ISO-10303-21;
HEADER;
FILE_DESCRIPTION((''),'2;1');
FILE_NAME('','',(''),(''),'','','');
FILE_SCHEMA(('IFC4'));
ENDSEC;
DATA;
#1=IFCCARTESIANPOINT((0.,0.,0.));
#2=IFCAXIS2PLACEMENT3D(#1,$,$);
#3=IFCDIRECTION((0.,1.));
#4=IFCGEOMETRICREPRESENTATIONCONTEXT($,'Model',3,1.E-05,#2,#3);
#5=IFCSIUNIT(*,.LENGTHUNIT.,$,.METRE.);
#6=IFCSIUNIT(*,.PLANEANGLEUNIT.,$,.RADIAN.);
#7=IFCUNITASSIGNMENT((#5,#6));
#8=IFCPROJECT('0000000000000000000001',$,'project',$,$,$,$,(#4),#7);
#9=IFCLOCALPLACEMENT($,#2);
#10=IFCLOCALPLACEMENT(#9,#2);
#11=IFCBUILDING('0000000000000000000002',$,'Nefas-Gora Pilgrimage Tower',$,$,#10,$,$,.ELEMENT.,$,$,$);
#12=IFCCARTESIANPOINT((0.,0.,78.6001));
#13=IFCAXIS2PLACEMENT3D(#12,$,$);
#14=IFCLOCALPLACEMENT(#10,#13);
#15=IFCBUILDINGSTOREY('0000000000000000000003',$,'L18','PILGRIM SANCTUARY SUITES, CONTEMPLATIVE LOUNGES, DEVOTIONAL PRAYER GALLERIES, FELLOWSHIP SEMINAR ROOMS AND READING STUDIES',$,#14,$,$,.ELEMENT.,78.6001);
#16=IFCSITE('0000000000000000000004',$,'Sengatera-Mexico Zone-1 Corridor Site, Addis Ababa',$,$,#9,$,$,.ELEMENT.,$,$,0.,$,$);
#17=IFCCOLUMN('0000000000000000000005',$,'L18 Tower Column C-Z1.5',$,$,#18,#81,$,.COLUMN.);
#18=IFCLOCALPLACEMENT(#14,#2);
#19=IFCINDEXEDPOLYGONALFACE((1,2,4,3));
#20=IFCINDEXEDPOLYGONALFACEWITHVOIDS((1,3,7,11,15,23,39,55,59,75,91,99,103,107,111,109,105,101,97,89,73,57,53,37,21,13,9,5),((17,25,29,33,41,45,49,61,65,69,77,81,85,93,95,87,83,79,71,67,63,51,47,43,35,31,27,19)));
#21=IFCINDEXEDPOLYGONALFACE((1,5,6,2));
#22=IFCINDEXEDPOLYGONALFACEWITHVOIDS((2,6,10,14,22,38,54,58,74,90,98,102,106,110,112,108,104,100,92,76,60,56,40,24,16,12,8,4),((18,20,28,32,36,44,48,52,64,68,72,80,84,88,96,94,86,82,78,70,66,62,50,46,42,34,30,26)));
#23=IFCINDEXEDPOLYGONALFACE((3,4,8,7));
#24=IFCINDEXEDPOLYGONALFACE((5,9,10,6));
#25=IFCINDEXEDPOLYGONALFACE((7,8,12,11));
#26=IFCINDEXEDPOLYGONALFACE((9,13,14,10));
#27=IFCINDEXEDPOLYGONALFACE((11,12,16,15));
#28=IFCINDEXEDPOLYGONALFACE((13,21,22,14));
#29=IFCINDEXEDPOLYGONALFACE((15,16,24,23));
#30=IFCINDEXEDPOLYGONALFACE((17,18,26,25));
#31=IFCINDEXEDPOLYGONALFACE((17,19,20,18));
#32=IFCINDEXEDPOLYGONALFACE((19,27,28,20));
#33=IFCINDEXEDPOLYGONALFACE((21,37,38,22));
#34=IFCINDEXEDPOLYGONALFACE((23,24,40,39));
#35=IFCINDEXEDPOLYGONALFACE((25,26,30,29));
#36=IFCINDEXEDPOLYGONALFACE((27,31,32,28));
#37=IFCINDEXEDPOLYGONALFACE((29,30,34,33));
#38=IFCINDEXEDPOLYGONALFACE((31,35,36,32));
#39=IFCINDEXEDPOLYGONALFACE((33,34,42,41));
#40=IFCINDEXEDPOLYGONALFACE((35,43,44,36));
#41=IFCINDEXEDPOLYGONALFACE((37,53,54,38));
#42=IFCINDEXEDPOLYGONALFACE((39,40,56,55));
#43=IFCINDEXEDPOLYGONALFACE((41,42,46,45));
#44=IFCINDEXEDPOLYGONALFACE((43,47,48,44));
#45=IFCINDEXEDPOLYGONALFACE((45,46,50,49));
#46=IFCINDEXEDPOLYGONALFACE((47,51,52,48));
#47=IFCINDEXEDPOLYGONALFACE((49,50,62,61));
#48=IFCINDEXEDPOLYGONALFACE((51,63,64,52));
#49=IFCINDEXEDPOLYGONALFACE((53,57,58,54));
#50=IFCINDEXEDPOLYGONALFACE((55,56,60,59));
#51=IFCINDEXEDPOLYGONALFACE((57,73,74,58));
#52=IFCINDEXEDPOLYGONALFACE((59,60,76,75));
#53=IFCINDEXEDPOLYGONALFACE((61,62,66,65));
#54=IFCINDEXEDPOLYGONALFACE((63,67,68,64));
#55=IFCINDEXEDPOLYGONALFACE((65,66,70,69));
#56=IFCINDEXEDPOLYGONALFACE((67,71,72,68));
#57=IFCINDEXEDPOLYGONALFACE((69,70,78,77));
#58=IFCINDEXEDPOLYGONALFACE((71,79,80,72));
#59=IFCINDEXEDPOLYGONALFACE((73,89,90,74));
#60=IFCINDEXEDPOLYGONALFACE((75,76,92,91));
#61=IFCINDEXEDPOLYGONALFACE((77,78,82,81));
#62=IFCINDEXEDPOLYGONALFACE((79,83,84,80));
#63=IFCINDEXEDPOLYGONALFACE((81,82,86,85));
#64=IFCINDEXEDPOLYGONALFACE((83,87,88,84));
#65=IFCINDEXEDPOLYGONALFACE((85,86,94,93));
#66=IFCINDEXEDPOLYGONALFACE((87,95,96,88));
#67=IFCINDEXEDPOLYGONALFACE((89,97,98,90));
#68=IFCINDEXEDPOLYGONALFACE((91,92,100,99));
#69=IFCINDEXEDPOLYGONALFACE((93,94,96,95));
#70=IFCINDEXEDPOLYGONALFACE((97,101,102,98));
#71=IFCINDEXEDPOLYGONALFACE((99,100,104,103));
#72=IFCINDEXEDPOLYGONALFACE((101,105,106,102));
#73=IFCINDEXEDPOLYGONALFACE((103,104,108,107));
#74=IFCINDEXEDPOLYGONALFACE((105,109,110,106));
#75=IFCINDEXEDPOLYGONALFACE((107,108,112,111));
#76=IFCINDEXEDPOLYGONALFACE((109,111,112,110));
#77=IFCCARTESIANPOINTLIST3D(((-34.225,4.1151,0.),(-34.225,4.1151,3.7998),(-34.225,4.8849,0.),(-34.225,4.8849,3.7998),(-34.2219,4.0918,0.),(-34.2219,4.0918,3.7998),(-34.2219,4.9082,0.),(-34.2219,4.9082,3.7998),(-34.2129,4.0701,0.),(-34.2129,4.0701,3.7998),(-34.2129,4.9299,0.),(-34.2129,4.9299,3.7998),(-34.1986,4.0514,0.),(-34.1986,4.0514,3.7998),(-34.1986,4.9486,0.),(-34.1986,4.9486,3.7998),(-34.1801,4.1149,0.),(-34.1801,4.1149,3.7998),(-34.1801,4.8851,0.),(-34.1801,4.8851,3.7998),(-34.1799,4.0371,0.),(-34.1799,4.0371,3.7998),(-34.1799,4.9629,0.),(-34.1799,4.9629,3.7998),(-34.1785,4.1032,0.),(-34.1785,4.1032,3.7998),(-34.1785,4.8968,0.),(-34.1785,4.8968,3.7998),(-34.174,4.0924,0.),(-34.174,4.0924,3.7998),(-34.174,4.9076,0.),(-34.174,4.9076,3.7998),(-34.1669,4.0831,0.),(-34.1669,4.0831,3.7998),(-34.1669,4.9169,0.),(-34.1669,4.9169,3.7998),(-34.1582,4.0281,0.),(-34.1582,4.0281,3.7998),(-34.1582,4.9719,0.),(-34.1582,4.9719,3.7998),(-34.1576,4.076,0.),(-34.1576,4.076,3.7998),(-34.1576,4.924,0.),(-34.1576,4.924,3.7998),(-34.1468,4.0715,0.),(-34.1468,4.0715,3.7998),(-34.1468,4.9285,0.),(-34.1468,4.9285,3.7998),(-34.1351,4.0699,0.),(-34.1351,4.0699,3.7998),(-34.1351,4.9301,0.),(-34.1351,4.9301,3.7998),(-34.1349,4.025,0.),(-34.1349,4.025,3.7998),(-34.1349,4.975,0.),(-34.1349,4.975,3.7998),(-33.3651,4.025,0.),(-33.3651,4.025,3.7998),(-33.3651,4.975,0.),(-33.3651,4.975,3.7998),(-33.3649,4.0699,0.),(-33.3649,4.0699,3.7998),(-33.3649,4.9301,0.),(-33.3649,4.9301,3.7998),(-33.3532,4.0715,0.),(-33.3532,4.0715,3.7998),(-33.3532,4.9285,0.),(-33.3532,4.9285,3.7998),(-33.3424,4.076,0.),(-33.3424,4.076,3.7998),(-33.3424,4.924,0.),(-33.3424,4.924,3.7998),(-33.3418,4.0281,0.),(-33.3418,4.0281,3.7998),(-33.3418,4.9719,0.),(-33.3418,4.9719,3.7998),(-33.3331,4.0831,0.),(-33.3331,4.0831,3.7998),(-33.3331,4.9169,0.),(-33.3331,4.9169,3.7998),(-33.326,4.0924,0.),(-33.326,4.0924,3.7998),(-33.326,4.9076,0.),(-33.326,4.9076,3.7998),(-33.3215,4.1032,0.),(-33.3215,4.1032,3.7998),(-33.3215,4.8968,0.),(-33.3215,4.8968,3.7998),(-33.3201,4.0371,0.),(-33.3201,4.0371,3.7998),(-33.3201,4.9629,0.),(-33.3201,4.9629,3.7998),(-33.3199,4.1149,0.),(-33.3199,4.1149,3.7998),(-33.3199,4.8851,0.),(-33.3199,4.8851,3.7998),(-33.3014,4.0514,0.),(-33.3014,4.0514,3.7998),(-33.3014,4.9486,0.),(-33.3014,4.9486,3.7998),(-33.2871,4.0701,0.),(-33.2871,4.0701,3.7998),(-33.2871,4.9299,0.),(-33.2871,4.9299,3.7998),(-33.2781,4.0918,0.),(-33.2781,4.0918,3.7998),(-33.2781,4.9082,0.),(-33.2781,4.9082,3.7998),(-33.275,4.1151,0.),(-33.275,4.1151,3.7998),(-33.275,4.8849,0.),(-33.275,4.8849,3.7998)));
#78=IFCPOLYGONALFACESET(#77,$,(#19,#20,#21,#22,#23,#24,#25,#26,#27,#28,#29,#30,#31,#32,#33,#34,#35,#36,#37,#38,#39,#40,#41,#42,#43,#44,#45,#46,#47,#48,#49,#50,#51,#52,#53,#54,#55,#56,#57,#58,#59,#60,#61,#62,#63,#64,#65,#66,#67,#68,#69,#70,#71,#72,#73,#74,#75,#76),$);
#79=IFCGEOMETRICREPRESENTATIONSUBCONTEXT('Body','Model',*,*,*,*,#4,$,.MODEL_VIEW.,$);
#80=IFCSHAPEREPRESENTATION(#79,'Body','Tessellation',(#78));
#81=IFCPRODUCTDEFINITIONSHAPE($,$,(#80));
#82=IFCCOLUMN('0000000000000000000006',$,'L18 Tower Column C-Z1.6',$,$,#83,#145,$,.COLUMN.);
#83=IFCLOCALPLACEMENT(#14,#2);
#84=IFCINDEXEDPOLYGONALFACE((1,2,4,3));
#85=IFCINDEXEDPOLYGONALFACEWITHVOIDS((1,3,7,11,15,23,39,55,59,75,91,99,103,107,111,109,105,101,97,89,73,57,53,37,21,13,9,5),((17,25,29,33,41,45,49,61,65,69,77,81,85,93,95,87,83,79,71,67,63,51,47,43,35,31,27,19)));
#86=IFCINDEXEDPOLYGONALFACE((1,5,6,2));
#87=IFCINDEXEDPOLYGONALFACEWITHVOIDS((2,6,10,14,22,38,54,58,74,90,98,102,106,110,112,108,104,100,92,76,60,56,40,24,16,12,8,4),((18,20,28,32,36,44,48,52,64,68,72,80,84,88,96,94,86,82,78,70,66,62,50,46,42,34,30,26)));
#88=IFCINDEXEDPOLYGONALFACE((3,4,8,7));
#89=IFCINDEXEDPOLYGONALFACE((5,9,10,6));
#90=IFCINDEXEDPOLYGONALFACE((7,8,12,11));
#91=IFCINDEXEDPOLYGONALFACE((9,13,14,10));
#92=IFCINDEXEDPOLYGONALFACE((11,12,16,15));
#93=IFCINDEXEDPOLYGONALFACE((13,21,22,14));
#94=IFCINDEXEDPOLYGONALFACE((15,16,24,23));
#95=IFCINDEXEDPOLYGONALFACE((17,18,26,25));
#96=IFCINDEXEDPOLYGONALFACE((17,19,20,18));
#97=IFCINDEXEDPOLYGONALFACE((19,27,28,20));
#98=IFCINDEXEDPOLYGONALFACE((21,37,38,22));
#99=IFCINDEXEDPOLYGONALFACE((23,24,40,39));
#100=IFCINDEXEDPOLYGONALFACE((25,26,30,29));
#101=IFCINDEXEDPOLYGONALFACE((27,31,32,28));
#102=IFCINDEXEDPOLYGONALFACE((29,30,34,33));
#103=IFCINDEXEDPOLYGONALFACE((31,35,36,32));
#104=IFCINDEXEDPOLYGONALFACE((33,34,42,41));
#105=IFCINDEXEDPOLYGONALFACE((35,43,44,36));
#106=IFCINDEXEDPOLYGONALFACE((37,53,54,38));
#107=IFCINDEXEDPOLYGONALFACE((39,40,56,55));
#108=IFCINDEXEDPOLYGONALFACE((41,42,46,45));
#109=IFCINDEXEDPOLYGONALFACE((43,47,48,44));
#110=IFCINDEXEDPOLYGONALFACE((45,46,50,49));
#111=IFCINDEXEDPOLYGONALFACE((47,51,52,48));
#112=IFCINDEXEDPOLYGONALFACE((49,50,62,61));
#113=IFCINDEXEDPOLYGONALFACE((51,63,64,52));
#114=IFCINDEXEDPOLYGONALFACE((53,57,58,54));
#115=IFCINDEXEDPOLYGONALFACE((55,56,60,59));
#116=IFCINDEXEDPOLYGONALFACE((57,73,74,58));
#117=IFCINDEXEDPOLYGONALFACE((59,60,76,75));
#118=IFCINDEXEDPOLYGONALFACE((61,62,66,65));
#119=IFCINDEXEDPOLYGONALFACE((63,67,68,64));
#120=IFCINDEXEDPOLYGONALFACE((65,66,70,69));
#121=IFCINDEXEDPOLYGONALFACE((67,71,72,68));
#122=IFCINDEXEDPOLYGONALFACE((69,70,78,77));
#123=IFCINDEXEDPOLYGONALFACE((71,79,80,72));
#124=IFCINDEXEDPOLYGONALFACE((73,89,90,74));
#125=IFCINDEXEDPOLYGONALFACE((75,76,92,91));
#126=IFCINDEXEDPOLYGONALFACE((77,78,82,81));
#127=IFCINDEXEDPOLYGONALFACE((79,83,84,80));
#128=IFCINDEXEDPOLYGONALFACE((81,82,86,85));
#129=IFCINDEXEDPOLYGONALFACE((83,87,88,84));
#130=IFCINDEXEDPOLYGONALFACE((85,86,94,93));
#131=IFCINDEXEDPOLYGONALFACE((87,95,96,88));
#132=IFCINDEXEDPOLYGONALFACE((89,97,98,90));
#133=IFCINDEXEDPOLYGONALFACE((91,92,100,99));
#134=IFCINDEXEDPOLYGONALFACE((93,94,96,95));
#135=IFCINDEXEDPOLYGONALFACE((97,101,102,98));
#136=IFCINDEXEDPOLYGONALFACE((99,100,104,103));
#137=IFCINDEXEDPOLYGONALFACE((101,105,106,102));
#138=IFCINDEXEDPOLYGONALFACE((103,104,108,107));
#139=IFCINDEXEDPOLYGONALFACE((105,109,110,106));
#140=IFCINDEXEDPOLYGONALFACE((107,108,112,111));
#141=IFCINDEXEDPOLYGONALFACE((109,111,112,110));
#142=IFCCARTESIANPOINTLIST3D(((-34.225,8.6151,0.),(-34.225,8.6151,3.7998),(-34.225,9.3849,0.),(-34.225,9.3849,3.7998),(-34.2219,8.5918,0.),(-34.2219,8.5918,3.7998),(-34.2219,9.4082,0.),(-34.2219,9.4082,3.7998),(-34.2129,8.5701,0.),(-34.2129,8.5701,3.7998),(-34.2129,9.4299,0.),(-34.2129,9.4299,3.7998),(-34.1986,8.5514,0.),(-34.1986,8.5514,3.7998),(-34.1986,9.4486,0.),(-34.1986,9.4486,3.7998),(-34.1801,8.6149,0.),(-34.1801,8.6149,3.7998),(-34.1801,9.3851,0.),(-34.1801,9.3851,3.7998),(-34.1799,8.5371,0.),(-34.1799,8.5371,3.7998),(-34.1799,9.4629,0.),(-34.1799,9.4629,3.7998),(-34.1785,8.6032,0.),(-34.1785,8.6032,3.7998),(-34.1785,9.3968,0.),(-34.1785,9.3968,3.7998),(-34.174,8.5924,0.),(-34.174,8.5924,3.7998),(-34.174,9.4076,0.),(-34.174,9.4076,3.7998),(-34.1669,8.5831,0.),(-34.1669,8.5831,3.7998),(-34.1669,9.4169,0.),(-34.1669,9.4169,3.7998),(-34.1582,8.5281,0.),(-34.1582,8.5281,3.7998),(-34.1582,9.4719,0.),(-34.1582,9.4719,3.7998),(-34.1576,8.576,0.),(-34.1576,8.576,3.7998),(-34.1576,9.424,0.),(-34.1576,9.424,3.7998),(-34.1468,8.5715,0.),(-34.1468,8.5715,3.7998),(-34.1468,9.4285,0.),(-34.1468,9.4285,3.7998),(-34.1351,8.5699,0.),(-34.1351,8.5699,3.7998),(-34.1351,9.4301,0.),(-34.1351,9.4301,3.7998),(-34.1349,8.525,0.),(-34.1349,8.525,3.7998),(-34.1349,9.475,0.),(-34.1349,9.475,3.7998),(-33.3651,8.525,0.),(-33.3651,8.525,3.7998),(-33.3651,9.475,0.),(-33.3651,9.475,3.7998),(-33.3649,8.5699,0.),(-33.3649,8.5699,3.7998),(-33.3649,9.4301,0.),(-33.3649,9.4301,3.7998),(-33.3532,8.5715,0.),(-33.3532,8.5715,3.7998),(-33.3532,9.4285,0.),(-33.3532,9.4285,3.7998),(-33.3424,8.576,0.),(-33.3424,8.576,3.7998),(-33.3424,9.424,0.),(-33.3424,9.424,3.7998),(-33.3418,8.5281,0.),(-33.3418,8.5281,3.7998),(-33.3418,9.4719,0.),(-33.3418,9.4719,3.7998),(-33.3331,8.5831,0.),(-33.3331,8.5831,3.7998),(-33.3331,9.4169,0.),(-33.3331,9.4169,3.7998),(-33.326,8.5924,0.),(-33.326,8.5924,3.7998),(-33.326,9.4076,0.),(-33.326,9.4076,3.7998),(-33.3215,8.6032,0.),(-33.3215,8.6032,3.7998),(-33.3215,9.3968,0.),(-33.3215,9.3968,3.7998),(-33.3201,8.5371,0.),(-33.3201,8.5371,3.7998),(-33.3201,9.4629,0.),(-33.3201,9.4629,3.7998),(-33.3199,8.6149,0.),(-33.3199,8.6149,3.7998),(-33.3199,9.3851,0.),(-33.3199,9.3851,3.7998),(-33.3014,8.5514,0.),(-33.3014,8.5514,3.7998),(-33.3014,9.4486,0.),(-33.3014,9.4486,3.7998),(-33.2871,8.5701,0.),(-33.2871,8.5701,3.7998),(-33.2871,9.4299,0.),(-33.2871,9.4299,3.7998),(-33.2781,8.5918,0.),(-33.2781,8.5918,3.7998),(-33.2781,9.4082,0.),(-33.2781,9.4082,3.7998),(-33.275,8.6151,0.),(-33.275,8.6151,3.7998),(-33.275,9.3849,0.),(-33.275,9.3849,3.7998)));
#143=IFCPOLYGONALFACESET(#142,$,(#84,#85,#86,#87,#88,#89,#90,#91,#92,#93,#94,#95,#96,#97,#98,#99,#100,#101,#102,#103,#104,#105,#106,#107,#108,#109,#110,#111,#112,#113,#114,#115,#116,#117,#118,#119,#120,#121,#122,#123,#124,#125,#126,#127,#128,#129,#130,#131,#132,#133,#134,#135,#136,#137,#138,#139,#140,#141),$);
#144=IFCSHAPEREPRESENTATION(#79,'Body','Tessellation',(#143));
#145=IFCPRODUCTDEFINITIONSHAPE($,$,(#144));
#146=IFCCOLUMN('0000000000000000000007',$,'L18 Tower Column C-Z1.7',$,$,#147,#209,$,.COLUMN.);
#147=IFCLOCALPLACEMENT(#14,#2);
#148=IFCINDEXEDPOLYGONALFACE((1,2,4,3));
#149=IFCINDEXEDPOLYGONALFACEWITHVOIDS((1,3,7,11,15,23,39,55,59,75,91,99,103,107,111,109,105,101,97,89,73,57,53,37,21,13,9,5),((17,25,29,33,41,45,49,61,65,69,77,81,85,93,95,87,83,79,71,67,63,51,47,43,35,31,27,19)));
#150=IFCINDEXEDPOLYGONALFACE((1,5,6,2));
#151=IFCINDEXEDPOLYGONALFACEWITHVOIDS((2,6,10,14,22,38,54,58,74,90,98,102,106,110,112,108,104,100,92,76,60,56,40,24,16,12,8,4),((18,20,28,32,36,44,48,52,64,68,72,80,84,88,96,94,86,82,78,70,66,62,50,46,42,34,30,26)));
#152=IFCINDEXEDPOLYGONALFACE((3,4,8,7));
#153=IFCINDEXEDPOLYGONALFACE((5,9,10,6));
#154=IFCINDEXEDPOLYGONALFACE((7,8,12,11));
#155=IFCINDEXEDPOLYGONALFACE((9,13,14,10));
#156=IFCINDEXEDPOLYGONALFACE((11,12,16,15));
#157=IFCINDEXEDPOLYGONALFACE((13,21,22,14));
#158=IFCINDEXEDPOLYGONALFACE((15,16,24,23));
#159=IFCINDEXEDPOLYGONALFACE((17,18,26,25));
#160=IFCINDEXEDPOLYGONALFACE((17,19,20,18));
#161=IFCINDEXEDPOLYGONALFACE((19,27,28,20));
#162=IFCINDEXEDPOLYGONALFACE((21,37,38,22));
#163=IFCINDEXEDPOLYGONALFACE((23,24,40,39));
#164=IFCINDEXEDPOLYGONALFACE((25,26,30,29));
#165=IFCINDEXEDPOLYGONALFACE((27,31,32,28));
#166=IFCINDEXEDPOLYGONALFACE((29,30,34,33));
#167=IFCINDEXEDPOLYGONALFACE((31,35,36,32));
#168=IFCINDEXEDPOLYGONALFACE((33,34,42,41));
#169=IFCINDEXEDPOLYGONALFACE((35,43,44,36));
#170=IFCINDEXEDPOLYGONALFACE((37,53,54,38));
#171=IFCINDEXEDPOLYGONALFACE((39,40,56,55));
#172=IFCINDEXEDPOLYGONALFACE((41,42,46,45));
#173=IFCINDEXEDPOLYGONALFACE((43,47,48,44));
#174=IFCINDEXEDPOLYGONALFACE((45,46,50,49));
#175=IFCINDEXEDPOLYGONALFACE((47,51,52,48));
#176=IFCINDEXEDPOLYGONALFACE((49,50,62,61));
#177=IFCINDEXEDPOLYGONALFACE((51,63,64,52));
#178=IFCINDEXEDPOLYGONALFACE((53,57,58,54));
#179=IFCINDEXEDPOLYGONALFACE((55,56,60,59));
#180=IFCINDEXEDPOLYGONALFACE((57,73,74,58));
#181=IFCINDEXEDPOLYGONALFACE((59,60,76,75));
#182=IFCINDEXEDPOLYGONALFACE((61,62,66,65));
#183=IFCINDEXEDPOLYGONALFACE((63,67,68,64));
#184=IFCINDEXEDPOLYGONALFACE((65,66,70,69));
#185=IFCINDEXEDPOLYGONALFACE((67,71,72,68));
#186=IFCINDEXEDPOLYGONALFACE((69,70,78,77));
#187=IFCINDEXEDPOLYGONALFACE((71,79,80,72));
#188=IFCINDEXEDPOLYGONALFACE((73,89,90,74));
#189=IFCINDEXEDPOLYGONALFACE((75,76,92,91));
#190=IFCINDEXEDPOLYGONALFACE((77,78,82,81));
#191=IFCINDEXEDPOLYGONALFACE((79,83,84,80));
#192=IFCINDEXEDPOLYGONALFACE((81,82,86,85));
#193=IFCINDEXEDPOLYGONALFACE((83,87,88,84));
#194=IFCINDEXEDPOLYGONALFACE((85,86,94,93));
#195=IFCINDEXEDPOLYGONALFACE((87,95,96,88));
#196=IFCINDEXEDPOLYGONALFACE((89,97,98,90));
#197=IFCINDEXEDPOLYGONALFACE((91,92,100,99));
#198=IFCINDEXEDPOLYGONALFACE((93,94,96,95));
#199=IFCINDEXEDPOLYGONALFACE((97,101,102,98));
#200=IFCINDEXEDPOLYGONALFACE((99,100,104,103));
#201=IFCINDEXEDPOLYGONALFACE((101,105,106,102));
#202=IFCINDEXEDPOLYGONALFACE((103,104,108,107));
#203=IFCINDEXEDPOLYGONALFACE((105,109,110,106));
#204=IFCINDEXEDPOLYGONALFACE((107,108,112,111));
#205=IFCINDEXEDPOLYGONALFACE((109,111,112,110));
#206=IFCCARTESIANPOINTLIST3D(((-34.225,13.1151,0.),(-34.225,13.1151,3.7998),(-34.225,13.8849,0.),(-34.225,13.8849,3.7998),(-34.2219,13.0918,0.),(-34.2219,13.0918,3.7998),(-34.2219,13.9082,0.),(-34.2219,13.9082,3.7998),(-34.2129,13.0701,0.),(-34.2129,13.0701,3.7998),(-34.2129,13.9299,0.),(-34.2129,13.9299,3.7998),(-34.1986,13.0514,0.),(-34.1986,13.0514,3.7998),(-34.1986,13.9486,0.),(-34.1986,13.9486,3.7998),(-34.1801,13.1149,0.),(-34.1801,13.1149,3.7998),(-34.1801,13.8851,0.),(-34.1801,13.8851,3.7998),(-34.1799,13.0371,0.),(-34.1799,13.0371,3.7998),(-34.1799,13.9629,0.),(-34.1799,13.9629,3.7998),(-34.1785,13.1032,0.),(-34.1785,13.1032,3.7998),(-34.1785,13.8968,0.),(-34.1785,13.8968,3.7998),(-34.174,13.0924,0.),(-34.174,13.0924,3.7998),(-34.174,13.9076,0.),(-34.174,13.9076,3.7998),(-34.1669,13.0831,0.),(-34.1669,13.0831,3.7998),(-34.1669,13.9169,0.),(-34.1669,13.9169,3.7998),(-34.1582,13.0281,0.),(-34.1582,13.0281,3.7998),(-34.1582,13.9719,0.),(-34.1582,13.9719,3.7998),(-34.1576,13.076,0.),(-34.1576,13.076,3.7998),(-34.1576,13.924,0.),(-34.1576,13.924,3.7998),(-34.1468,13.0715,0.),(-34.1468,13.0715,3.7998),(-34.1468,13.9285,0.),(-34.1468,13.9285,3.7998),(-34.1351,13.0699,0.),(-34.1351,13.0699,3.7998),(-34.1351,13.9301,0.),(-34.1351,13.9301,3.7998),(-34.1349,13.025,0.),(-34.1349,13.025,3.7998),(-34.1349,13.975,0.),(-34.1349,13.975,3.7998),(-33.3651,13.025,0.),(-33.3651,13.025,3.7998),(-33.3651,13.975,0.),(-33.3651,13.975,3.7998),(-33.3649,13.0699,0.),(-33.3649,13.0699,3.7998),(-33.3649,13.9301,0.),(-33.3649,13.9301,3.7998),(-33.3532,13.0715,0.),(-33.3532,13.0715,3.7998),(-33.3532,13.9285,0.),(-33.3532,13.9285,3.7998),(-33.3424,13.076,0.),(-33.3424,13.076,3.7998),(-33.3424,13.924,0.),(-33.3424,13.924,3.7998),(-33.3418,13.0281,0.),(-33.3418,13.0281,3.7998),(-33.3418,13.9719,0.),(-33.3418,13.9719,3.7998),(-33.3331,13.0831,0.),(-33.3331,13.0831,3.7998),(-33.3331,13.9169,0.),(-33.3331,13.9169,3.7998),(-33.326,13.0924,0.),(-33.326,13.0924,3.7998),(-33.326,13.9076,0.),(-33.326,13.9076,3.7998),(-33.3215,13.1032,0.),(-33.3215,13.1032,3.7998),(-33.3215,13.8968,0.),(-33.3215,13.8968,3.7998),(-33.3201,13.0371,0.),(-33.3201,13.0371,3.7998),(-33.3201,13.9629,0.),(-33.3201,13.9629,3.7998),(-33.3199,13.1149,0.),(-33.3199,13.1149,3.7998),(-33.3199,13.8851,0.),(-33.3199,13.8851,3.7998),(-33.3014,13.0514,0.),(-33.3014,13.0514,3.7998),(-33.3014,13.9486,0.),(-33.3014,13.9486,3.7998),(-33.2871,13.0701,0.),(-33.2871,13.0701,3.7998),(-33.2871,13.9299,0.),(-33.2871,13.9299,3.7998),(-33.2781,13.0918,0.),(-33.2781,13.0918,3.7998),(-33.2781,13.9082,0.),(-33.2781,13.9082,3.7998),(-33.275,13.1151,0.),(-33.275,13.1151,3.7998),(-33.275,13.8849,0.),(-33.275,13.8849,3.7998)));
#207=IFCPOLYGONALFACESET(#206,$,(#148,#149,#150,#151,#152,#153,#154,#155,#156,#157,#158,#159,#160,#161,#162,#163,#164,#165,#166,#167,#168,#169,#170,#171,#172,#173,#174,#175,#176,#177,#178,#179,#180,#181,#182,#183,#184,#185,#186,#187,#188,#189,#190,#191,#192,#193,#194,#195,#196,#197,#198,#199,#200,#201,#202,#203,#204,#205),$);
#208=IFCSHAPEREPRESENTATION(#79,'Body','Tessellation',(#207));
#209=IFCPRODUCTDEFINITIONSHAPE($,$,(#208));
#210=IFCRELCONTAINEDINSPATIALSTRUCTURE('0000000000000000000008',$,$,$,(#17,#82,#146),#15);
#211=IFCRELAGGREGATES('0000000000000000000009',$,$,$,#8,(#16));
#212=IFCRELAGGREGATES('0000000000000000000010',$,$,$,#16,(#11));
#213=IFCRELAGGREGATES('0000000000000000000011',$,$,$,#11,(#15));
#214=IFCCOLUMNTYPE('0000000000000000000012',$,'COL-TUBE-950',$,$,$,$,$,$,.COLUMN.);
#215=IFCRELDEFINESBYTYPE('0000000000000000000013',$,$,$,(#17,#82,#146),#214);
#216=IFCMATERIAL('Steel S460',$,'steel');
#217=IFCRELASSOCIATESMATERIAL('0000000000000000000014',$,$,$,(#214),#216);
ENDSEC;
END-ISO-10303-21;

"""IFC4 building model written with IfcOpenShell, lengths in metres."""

from ifc_helpers import new_model, si_unit, direction, frame, origin, origin_2d, place, context, subcontext, project, spatial, hollow_rectangle, extrude, source, transform, mapped, material, material_profile, profile_set, type_object, element, save


model = new_model("IFC4")

# Units and contexts
model_context = context("Model", 3, precision=1e-05, world=origin(), true_north=direction((0.0, 1.0)))
body_context = subcontext(model_context, "Body", "Model", "MODEL_VIEW")
ifc_project = project(units=[si_unit("LENGTHUNIT", "METRE"), si_unit("PLANEANGLEUNIT", "RADIAN")], contexts=[model_context])

# Site, building, storey
site_placement = place(None, origin())
site = spatial("IfcSite", under=ifc_project, at=site_placement, Name="Sengatera-Mexico Zone-1 Corridor Site, Addis Ababa", CompositionType="ELEMENT", RefElevation=0.0)
building_placement = place(site_placement, origin())
building = spatial("IfcBuilding", under=site, at=building_placement, Name="Nefas-Gora Pilgrimage Tower", CompositionType="ELEMENT")
storey_placement = place(building_placement, frame((0.0, 0.0, 78.6001)))
storey = spatial("IfcBuildingStorey", under=building, at=storey_placement, Name="L18", Description="PILGRIM SANCTUARY SUITES, CONTEMPLATIVE LOUNGES, DEVOTIONAL PRAYER GALLERIES, FELLOWSHIP SEMINAR ROOMS AND READING STUDIES", CompositionType="ELEMENT", Elevation=78.6001)

# Columns
ifc_material_1 = material(Name="Steel S460", Category="steel")
ifc_material_profile_1 = material_profile(ifc_material_1, hollow_rectangle(XDim=0.95, YDim=0.95, WallThickness=0.0449, InnerFilletRadius=0.0449, OuterFilletRadius=0.0901, at=origin_2d()), Name="BOX 950x950x45")
ifc_profile_set_1 = profile_set([ifc_material_profile_1], Name="Steel S460")
column_type_1 = type_object("IfcColumnType", Name="COL-TUBE-950", PredefinedType="COLUMN", material=ifc_profile_set_1)
shared_shape_1 = source(origin(), body_context, "Body", "SweptSolid", [
    extrude(hollow_rectangle(XDim=0.95, YDim=0.95, WallThickness=0.0449, InnerFilletRadius=0.0449, OuterFilletRadius=0.0901, at=origin_2d()), origin(), (0.0, 0.0, 1.0), 3.7998),
])
for number, where, z_axis, x_axis, name in (
    (1, (-33.75, 4.5, 0.0), (0.0, 0.0, 1.0), (1.0, 0.0, 0.0), "L18 Tower Column C-Z1.5"),
    (2, (-33.75, 9.0, 0.0), (0.0, 0.0, 1.0), (1.0, 0.0, 0.0), "L18 Tower Column C-Z1.6"),
    (3, (-33.75, 13.5, 0.0), (0.0, 0.0, 1.0), (1.0, 0.0, 0.0), "L18 Tower Column C-Z1.7"),
):
    element("IfcColumn", number, at=place(storey_placement, frame(where, z_axis=z_axis, x_axis=x_axis)), inside=storey, type_object=column_type_1, Name=name, PredefinedType="COLUMN", context=body_context, shape_type="MappedRepresentation", body=[
        mapped(shared_shape_1, transform((0.0, 0.0, 0.0), x_axis=(1.0, 0.0, 0.0), y_axis=(0.0, 1.0, 0.0), z_axis=(0.0, 0.0, 1.0), scale=1.0)),
    ])

save(model, "model.ifc")
